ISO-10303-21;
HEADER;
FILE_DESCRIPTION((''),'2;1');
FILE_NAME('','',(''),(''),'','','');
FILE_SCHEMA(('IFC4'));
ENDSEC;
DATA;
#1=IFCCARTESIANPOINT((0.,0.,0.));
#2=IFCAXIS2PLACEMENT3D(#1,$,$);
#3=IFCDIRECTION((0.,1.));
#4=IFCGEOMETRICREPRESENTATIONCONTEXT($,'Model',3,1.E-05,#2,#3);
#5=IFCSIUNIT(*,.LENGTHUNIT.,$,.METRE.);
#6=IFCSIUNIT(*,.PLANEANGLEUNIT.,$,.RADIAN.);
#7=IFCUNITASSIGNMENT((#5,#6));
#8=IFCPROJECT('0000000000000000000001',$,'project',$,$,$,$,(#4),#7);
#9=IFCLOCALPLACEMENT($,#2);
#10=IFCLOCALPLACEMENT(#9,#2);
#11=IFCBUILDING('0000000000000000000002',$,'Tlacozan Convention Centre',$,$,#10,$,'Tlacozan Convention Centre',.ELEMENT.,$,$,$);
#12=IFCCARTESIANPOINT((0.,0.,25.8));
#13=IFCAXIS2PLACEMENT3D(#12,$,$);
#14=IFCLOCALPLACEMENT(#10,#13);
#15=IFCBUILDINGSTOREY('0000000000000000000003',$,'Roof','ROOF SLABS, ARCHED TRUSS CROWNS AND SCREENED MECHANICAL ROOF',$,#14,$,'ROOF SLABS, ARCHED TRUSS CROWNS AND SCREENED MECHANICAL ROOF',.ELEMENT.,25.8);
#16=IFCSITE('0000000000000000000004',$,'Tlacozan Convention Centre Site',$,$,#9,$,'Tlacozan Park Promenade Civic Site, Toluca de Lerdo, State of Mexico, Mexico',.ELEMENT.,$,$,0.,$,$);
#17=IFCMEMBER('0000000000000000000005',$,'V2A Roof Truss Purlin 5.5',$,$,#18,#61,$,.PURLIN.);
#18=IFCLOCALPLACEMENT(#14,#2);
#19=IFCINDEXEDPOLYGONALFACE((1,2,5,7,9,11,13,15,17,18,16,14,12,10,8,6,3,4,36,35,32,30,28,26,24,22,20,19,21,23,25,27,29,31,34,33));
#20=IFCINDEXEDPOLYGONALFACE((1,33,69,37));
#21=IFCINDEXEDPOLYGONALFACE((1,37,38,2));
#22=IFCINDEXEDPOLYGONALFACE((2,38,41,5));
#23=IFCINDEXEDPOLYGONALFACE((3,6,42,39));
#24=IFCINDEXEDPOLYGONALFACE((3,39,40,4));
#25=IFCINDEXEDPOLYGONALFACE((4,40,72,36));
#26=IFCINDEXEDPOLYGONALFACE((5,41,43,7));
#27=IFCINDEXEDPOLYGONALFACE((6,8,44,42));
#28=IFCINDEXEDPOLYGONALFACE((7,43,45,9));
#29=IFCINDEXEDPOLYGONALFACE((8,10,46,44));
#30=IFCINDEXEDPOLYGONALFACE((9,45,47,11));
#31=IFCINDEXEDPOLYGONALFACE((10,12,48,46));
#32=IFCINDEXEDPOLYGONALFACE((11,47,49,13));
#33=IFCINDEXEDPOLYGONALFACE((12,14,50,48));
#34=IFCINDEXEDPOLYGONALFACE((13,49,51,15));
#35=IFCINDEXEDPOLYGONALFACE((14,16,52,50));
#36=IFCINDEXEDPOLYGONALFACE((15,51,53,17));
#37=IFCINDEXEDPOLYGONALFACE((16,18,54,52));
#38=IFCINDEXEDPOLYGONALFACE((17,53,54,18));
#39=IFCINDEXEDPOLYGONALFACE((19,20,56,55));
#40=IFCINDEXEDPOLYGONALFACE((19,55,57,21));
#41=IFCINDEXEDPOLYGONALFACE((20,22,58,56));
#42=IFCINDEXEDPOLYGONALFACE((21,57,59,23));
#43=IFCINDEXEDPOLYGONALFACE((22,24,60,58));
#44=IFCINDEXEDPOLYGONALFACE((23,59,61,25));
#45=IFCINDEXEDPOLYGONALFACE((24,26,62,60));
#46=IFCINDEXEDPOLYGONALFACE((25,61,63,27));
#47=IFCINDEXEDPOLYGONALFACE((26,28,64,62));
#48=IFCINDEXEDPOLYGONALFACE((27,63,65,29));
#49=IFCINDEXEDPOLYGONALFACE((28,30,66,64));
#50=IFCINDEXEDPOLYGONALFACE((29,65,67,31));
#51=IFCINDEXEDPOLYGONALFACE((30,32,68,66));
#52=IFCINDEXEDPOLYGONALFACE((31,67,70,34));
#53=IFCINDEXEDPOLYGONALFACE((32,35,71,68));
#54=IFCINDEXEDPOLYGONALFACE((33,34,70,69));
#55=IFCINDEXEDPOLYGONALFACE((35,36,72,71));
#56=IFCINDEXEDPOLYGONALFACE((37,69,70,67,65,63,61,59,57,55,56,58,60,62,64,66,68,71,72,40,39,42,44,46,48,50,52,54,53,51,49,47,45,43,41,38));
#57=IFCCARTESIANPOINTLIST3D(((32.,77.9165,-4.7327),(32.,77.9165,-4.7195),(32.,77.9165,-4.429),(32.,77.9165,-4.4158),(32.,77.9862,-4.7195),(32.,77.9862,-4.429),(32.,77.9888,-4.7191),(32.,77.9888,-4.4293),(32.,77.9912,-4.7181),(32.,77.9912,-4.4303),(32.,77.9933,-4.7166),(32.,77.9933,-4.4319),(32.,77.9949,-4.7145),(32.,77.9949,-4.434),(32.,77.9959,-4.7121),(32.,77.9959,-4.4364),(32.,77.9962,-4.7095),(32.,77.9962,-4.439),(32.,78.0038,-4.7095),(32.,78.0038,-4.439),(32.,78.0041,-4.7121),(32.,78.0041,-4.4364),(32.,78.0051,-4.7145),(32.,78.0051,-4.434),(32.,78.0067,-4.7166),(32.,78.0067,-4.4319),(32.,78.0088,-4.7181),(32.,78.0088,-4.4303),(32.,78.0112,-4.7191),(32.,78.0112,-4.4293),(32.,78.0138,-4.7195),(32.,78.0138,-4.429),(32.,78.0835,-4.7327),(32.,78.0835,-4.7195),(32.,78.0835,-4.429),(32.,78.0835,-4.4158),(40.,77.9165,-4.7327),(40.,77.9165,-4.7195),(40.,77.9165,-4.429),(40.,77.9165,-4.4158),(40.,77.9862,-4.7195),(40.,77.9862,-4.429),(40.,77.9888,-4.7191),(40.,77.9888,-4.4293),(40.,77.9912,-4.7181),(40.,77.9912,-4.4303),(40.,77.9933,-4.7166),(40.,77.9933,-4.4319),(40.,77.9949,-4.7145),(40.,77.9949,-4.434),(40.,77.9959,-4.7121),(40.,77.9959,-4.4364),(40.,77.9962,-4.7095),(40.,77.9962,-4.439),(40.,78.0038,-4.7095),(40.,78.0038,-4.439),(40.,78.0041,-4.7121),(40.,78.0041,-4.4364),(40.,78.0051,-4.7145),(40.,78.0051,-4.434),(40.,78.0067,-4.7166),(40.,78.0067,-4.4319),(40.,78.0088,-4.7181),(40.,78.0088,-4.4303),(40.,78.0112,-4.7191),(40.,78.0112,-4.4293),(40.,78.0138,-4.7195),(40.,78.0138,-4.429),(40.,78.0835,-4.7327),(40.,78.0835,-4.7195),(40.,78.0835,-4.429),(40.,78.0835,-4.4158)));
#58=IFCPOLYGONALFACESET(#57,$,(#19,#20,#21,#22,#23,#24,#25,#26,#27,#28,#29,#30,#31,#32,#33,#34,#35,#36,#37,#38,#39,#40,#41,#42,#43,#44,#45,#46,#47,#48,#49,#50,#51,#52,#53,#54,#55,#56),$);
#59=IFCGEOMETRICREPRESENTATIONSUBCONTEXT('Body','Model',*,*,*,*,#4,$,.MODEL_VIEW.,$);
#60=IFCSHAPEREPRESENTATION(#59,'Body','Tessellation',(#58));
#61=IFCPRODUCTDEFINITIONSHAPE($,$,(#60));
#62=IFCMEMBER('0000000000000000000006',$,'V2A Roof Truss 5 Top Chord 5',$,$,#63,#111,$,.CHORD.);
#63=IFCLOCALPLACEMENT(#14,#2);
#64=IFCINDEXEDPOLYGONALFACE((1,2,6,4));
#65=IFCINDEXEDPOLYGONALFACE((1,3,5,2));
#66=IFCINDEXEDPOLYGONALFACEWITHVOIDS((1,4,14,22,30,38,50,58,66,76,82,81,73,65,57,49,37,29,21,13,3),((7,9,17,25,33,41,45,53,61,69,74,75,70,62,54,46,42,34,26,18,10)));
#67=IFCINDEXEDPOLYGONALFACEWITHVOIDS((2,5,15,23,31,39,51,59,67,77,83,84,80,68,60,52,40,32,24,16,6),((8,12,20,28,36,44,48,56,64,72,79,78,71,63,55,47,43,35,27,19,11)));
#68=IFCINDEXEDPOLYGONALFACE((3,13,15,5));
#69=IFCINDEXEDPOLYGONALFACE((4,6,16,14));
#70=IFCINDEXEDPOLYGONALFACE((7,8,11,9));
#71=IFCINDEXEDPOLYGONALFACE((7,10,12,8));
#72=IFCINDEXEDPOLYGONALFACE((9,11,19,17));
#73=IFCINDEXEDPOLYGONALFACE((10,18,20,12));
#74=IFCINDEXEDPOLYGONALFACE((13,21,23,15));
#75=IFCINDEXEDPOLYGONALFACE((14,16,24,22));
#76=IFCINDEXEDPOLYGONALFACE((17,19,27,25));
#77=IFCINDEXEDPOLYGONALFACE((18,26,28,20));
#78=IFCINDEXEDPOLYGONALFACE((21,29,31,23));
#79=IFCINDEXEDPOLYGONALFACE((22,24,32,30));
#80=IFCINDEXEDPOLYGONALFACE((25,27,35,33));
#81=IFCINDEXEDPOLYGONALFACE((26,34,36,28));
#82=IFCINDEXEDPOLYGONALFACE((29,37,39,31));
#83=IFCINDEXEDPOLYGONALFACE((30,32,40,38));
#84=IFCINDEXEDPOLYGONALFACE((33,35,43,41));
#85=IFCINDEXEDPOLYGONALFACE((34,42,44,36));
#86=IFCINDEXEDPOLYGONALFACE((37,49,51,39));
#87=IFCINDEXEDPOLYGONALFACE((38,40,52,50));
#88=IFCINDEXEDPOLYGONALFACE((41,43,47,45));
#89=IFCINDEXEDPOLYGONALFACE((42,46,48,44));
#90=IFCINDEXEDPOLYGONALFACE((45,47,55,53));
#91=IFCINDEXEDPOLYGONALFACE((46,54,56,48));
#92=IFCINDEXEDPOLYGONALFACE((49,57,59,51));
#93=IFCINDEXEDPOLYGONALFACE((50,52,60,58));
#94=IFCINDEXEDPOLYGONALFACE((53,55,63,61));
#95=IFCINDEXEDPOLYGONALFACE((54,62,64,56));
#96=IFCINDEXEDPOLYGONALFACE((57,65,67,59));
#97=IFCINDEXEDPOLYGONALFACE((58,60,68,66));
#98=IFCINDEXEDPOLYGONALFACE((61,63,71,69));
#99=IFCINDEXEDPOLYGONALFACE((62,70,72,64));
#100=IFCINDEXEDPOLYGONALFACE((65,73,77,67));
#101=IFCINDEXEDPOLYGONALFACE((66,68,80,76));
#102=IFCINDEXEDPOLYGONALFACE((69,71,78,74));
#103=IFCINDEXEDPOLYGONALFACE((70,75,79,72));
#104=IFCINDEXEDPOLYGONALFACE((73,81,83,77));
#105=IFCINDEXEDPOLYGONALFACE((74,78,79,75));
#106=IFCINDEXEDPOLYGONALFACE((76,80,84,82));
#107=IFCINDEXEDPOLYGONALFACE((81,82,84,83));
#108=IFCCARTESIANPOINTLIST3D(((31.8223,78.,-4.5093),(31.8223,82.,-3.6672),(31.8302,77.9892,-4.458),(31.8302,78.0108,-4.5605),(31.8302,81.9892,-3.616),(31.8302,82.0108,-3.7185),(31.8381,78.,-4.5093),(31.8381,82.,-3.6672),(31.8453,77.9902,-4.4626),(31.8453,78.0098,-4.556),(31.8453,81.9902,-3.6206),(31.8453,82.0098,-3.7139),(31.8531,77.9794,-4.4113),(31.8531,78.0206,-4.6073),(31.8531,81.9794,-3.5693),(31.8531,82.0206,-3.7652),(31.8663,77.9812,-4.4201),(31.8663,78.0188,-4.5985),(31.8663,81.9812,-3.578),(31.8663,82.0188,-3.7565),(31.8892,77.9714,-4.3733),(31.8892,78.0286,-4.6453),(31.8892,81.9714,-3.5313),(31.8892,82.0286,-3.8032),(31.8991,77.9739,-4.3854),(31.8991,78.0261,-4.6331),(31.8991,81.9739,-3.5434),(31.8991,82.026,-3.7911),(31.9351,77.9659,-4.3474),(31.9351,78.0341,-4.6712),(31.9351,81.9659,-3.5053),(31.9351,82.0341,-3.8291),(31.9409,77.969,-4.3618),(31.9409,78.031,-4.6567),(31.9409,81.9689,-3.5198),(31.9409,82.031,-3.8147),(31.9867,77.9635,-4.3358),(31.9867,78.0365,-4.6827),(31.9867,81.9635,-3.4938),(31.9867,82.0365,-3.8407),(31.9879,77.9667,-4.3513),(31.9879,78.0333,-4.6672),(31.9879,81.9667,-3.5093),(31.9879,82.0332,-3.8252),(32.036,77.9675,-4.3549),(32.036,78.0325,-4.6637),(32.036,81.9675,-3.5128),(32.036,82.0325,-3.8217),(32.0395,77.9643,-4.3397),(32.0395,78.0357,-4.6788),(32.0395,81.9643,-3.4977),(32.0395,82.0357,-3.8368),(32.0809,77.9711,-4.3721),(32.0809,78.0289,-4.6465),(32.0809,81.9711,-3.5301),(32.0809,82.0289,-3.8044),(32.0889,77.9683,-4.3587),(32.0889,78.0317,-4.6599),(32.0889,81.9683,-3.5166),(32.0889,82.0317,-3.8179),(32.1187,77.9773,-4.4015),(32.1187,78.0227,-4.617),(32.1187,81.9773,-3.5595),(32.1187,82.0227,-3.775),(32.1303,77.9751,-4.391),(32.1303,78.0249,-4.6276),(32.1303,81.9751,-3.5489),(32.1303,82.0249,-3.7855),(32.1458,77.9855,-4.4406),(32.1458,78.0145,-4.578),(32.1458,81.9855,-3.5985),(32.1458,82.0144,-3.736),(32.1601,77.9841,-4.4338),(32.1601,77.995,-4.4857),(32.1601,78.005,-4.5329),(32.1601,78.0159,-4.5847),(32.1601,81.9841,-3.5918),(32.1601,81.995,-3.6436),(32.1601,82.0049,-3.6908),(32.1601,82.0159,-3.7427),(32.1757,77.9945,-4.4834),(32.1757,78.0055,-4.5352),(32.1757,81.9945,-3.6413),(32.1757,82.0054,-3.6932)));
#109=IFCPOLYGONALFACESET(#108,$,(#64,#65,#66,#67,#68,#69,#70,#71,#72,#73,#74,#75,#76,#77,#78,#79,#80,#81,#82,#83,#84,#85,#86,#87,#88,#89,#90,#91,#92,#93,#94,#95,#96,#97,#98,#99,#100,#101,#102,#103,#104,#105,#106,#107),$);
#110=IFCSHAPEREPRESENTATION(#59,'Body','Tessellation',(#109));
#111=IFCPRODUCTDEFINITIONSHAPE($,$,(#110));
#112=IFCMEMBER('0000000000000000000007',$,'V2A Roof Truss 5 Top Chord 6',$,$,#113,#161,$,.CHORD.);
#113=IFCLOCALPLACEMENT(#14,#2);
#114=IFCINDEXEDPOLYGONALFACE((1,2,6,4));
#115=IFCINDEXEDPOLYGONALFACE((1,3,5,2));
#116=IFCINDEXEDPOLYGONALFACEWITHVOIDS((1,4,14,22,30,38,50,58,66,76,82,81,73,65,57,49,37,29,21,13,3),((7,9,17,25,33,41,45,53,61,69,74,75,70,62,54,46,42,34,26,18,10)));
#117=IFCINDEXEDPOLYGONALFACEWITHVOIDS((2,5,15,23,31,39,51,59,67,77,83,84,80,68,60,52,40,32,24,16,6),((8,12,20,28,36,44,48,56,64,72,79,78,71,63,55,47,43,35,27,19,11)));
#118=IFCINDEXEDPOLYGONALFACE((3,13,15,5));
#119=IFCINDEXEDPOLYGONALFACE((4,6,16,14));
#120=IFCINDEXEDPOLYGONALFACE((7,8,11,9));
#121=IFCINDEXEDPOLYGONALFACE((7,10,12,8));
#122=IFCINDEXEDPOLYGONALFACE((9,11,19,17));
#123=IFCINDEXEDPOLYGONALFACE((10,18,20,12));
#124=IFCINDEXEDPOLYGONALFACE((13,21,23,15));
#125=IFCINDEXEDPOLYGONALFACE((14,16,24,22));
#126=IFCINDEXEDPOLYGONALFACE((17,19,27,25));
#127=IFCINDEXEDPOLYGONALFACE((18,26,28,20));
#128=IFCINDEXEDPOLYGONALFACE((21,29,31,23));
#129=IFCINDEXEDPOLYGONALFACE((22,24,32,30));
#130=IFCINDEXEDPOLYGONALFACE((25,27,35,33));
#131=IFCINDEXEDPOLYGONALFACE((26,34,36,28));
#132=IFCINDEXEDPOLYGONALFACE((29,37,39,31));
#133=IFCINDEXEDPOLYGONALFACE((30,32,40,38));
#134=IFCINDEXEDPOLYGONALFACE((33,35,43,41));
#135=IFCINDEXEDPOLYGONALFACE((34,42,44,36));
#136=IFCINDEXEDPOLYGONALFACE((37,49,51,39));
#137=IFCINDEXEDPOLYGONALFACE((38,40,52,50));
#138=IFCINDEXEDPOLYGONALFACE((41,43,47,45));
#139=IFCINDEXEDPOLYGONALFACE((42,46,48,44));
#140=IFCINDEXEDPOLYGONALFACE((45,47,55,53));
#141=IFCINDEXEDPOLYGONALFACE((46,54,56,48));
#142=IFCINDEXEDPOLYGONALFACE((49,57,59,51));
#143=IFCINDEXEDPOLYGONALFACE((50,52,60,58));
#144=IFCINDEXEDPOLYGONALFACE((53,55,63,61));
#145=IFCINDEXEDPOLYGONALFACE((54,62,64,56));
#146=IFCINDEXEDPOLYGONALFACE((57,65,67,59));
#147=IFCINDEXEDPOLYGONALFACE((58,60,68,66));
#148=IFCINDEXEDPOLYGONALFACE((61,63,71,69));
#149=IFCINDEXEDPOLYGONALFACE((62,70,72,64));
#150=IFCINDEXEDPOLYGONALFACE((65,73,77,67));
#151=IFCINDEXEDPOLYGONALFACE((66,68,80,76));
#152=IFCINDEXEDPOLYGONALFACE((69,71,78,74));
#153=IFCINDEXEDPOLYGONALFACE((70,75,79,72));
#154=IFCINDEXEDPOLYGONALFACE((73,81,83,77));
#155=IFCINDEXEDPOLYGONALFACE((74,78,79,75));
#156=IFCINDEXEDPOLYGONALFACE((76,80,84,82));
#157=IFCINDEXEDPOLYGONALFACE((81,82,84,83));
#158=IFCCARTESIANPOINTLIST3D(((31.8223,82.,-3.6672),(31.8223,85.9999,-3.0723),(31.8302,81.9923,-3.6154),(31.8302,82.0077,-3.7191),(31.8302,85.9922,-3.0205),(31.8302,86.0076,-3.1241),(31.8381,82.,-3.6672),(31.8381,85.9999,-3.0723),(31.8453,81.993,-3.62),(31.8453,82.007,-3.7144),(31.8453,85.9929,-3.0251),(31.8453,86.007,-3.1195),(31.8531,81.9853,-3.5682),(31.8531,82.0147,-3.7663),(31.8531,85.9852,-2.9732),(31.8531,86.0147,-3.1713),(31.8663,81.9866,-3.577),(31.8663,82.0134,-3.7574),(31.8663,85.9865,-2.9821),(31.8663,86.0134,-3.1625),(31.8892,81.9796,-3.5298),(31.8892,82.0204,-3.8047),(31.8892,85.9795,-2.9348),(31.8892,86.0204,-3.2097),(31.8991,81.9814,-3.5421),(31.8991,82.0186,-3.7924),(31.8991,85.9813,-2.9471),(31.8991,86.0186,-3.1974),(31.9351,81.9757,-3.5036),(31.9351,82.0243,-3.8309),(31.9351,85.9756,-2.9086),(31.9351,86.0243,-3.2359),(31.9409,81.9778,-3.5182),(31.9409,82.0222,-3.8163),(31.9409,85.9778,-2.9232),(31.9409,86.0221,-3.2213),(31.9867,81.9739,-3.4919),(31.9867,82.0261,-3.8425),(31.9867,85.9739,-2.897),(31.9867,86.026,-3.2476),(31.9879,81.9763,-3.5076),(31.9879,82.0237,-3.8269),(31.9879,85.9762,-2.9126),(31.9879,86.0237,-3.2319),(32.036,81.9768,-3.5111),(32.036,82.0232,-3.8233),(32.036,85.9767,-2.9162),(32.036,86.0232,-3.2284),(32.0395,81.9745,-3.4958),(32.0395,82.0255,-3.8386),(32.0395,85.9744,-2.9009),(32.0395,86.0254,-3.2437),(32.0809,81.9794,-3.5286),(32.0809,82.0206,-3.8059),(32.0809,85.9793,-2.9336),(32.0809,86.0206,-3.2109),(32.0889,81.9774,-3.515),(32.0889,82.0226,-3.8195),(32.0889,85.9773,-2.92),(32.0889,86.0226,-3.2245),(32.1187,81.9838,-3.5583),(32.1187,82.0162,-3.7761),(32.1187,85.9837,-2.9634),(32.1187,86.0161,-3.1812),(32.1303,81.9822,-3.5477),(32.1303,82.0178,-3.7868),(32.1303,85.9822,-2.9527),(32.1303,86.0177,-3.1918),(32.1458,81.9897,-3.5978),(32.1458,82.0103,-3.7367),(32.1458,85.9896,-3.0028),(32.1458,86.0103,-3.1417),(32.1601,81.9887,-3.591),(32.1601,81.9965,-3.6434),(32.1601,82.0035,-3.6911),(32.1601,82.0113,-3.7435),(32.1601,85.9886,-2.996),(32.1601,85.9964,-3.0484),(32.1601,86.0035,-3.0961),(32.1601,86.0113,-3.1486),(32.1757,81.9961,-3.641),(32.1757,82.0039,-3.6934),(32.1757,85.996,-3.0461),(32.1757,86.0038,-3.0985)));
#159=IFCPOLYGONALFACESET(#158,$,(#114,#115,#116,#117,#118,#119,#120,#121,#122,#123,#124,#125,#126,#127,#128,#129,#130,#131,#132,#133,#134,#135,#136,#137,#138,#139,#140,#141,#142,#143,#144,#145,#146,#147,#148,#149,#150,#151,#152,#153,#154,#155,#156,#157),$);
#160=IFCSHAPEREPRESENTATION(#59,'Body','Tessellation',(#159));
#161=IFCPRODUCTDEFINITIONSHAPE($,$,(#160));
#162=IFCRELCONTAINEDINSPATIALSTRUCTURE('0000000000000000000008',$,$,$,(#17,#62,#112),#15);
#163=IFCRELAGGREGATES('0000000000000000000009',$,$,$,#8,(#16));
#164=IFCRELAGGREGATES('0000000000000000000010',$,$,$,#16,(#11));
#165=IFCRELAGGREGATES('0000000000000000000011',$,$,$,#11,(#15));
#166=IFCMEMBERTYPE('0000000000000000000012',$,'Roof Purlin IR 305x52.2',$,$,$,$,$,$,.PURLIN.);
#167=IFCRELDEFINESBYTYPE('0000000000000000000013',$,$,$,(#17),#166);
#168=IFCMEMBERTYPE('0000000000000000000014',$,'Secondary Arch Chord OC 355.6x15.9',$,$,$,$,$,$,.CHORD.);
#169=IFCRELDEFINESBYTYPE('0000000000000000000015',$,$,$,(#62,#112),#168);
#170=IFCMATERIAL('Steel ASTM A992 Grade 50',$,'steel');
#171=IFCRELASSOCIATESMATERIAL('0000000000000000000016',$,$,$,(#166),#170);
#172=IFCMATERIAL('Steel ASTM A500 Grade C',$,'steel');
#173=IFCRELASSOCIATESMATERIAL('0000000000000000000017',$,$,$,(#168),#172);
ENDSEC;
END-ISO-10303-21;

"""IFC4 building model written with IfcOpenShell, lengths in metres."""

from ifc_helpers import new_model, si_unit, direction, frame, origin, origin_2d, place, context, subcontext, project, spatial, hollow_circle, i_section, extrude, material, material_profile, profile_set, type_object, element, save


model = new_model("IFC4")

# Units and contexts
model_context = context("Model", 3, precision=1e-05, world=origin(), true_north=direction((0.0, 1.0)))
body_context = subcontext(model_context, "Body", "Model", "MODEL_VIEW")
ifc_project = project(units=[si_unit("LENGTHUNIT", "METRE"), si_unit("PLANEANGLEUNIT", "RADIAN")], contexts=[model_context])

# Site, building, storey
site_placement = place(None, origin())
site = spatial("IfcSite", under=ifc_project, at=site_placement, Name="Tlacozan Convention Centre Site", LongName="Tlacozan Park Promenade Civic Site, Toluca de Lerdo, State of Mexico, Mexico", CompositionType="ELEMENT", RefElevation=0.0)
building_placement = place(site_placement, origin())
building = spatial("IfcBuilding", under=site, at=building_placement, Name="Tlacozan Convention Centre", LongName="Tlacozan Convention Centre", CompositionType="ELEMENT")
storey_placement = place(building_placement, frame((0.0, 0.0, 25.8)))
storey = spatial("IfcBuildingStorey", under=building, at=storey_placement, Name="Roof", Description="ROOF SLABS, ARCHED TRUSS CROWNS AND SCREENED MECHANICAL ROOF", LongName="ROOF SLABS, ARCHED TRUSS CROWNS AND SCREENED MECHANICAL ROOF", CompositionType="ELEMENT", Elevation=25.8)

# Members
ifc_material_1 = material(Name="Steel ASTM A500 Grade C", Category="steel")
ifc_material_2 = material(Name="Steel ASTM A992 Grade 50", Category="steel")
ifc_material_profile_1 = material_profile(ifc_material_2, i_section(OverallWidth=0.167, OverallDepth=0.3169, WebThickness=0.0076, FlangeThickness=0.0132, FilletRadius=0.01, at=origin_2d()), Name="IR 305x52.2")
ifc_profile_set_1 = profile_set([ifc_material_profile_1], Name="Steel ASTM A992 Grade 50")
member_type_1 = type_object("IfcMemberType", Name="Roof Purlin IR 305x52.2", PredefinedType="PURLIN", material=ifc_profile_set_1)
for number, where, z_axis, x_axis, name in (
    (1, (32.0, 78.0, -4.5742), (1.0, 0.0, 0.0), (0.0, 1.0, 0.0), "V2A Roof Truss Purlin 5.5"),
):
    element("IfcMember", number, at=place(storey_placement, frame(where, z_axis=z_axis, x_axis=x_axis)), inside=storey, type_object=member_type_1, Name=name, PredefinedType="PURLIN", context=body_context, shape_type="SweptSolid", body=[
        extrude(i_section(OverallWidth=0.167, OverallDepth=0.3169, WebThickness=0.0076, FlangeThickness=0.0132, FilletRadius=0.01, at=origin_2d()), origin(), (0.0, 0.0, 1.0), 8.0),
    ])
ifc_material_profile_2 = material_profile(ifc_material_1, hollow_circle(Radius=0.1777, WallThickness=0.0159, at=origin_2d()), Name="OC 355.6x15.9")
ifc_profile_set_2 = profile_set([ifc_material_profile_2], Name="Steel ASTM A500 Grade C")
member_type_2 = type_object("IfcMemberType", Name="Secondary Arch Chord OC 355.6x15.9", PredefinedType="CHORD", material=ifc_profile_set_2)
member_1_placement = place(storey_placement, frame((32.0, 78.0, -4.5093), z_axis=(0.0, 0.978553, 0.205995), x_axis=(-1.0, 0.0, 0.0)))
element("IfcMember", 2, at=member_1_placement, inside=storey, type_object=member_type_2, Name="V2A Roof Truss 5 Top Chord 5", PredefinedType="CHORD", context=body_context, shape_type="SweptSolid", body=[
    extrude(hollow_circle(Radius=0.1777, WallThickness=0.0159, at=origin_2d()), origin(), (0.0, 0.0, 1.0), 4.0876),
])
member_2_placement = place(storey_placement, frame((32.0, 82.0, -3.6672), z_axis=(0.0, 0.989118, 0.147124), x_axis=(-1.0, 0.0, 0.0)))
element("IfcMember", 3, at=member_2_placement, inside=storey, type_object=member_type_2, Name="V2A Roof Truss 5 Top Chord 6", PredefinedType="CHORD", context=body_context, shape_type="SweptSolid", body=[
    extrude(hollow_circle(Radius=0.1777, WallThickness=0.0159, at=origin_2d()), origin(), (0.0, 0.0, 1.0), 4.0439),
])

save(model, "model.ifc")
